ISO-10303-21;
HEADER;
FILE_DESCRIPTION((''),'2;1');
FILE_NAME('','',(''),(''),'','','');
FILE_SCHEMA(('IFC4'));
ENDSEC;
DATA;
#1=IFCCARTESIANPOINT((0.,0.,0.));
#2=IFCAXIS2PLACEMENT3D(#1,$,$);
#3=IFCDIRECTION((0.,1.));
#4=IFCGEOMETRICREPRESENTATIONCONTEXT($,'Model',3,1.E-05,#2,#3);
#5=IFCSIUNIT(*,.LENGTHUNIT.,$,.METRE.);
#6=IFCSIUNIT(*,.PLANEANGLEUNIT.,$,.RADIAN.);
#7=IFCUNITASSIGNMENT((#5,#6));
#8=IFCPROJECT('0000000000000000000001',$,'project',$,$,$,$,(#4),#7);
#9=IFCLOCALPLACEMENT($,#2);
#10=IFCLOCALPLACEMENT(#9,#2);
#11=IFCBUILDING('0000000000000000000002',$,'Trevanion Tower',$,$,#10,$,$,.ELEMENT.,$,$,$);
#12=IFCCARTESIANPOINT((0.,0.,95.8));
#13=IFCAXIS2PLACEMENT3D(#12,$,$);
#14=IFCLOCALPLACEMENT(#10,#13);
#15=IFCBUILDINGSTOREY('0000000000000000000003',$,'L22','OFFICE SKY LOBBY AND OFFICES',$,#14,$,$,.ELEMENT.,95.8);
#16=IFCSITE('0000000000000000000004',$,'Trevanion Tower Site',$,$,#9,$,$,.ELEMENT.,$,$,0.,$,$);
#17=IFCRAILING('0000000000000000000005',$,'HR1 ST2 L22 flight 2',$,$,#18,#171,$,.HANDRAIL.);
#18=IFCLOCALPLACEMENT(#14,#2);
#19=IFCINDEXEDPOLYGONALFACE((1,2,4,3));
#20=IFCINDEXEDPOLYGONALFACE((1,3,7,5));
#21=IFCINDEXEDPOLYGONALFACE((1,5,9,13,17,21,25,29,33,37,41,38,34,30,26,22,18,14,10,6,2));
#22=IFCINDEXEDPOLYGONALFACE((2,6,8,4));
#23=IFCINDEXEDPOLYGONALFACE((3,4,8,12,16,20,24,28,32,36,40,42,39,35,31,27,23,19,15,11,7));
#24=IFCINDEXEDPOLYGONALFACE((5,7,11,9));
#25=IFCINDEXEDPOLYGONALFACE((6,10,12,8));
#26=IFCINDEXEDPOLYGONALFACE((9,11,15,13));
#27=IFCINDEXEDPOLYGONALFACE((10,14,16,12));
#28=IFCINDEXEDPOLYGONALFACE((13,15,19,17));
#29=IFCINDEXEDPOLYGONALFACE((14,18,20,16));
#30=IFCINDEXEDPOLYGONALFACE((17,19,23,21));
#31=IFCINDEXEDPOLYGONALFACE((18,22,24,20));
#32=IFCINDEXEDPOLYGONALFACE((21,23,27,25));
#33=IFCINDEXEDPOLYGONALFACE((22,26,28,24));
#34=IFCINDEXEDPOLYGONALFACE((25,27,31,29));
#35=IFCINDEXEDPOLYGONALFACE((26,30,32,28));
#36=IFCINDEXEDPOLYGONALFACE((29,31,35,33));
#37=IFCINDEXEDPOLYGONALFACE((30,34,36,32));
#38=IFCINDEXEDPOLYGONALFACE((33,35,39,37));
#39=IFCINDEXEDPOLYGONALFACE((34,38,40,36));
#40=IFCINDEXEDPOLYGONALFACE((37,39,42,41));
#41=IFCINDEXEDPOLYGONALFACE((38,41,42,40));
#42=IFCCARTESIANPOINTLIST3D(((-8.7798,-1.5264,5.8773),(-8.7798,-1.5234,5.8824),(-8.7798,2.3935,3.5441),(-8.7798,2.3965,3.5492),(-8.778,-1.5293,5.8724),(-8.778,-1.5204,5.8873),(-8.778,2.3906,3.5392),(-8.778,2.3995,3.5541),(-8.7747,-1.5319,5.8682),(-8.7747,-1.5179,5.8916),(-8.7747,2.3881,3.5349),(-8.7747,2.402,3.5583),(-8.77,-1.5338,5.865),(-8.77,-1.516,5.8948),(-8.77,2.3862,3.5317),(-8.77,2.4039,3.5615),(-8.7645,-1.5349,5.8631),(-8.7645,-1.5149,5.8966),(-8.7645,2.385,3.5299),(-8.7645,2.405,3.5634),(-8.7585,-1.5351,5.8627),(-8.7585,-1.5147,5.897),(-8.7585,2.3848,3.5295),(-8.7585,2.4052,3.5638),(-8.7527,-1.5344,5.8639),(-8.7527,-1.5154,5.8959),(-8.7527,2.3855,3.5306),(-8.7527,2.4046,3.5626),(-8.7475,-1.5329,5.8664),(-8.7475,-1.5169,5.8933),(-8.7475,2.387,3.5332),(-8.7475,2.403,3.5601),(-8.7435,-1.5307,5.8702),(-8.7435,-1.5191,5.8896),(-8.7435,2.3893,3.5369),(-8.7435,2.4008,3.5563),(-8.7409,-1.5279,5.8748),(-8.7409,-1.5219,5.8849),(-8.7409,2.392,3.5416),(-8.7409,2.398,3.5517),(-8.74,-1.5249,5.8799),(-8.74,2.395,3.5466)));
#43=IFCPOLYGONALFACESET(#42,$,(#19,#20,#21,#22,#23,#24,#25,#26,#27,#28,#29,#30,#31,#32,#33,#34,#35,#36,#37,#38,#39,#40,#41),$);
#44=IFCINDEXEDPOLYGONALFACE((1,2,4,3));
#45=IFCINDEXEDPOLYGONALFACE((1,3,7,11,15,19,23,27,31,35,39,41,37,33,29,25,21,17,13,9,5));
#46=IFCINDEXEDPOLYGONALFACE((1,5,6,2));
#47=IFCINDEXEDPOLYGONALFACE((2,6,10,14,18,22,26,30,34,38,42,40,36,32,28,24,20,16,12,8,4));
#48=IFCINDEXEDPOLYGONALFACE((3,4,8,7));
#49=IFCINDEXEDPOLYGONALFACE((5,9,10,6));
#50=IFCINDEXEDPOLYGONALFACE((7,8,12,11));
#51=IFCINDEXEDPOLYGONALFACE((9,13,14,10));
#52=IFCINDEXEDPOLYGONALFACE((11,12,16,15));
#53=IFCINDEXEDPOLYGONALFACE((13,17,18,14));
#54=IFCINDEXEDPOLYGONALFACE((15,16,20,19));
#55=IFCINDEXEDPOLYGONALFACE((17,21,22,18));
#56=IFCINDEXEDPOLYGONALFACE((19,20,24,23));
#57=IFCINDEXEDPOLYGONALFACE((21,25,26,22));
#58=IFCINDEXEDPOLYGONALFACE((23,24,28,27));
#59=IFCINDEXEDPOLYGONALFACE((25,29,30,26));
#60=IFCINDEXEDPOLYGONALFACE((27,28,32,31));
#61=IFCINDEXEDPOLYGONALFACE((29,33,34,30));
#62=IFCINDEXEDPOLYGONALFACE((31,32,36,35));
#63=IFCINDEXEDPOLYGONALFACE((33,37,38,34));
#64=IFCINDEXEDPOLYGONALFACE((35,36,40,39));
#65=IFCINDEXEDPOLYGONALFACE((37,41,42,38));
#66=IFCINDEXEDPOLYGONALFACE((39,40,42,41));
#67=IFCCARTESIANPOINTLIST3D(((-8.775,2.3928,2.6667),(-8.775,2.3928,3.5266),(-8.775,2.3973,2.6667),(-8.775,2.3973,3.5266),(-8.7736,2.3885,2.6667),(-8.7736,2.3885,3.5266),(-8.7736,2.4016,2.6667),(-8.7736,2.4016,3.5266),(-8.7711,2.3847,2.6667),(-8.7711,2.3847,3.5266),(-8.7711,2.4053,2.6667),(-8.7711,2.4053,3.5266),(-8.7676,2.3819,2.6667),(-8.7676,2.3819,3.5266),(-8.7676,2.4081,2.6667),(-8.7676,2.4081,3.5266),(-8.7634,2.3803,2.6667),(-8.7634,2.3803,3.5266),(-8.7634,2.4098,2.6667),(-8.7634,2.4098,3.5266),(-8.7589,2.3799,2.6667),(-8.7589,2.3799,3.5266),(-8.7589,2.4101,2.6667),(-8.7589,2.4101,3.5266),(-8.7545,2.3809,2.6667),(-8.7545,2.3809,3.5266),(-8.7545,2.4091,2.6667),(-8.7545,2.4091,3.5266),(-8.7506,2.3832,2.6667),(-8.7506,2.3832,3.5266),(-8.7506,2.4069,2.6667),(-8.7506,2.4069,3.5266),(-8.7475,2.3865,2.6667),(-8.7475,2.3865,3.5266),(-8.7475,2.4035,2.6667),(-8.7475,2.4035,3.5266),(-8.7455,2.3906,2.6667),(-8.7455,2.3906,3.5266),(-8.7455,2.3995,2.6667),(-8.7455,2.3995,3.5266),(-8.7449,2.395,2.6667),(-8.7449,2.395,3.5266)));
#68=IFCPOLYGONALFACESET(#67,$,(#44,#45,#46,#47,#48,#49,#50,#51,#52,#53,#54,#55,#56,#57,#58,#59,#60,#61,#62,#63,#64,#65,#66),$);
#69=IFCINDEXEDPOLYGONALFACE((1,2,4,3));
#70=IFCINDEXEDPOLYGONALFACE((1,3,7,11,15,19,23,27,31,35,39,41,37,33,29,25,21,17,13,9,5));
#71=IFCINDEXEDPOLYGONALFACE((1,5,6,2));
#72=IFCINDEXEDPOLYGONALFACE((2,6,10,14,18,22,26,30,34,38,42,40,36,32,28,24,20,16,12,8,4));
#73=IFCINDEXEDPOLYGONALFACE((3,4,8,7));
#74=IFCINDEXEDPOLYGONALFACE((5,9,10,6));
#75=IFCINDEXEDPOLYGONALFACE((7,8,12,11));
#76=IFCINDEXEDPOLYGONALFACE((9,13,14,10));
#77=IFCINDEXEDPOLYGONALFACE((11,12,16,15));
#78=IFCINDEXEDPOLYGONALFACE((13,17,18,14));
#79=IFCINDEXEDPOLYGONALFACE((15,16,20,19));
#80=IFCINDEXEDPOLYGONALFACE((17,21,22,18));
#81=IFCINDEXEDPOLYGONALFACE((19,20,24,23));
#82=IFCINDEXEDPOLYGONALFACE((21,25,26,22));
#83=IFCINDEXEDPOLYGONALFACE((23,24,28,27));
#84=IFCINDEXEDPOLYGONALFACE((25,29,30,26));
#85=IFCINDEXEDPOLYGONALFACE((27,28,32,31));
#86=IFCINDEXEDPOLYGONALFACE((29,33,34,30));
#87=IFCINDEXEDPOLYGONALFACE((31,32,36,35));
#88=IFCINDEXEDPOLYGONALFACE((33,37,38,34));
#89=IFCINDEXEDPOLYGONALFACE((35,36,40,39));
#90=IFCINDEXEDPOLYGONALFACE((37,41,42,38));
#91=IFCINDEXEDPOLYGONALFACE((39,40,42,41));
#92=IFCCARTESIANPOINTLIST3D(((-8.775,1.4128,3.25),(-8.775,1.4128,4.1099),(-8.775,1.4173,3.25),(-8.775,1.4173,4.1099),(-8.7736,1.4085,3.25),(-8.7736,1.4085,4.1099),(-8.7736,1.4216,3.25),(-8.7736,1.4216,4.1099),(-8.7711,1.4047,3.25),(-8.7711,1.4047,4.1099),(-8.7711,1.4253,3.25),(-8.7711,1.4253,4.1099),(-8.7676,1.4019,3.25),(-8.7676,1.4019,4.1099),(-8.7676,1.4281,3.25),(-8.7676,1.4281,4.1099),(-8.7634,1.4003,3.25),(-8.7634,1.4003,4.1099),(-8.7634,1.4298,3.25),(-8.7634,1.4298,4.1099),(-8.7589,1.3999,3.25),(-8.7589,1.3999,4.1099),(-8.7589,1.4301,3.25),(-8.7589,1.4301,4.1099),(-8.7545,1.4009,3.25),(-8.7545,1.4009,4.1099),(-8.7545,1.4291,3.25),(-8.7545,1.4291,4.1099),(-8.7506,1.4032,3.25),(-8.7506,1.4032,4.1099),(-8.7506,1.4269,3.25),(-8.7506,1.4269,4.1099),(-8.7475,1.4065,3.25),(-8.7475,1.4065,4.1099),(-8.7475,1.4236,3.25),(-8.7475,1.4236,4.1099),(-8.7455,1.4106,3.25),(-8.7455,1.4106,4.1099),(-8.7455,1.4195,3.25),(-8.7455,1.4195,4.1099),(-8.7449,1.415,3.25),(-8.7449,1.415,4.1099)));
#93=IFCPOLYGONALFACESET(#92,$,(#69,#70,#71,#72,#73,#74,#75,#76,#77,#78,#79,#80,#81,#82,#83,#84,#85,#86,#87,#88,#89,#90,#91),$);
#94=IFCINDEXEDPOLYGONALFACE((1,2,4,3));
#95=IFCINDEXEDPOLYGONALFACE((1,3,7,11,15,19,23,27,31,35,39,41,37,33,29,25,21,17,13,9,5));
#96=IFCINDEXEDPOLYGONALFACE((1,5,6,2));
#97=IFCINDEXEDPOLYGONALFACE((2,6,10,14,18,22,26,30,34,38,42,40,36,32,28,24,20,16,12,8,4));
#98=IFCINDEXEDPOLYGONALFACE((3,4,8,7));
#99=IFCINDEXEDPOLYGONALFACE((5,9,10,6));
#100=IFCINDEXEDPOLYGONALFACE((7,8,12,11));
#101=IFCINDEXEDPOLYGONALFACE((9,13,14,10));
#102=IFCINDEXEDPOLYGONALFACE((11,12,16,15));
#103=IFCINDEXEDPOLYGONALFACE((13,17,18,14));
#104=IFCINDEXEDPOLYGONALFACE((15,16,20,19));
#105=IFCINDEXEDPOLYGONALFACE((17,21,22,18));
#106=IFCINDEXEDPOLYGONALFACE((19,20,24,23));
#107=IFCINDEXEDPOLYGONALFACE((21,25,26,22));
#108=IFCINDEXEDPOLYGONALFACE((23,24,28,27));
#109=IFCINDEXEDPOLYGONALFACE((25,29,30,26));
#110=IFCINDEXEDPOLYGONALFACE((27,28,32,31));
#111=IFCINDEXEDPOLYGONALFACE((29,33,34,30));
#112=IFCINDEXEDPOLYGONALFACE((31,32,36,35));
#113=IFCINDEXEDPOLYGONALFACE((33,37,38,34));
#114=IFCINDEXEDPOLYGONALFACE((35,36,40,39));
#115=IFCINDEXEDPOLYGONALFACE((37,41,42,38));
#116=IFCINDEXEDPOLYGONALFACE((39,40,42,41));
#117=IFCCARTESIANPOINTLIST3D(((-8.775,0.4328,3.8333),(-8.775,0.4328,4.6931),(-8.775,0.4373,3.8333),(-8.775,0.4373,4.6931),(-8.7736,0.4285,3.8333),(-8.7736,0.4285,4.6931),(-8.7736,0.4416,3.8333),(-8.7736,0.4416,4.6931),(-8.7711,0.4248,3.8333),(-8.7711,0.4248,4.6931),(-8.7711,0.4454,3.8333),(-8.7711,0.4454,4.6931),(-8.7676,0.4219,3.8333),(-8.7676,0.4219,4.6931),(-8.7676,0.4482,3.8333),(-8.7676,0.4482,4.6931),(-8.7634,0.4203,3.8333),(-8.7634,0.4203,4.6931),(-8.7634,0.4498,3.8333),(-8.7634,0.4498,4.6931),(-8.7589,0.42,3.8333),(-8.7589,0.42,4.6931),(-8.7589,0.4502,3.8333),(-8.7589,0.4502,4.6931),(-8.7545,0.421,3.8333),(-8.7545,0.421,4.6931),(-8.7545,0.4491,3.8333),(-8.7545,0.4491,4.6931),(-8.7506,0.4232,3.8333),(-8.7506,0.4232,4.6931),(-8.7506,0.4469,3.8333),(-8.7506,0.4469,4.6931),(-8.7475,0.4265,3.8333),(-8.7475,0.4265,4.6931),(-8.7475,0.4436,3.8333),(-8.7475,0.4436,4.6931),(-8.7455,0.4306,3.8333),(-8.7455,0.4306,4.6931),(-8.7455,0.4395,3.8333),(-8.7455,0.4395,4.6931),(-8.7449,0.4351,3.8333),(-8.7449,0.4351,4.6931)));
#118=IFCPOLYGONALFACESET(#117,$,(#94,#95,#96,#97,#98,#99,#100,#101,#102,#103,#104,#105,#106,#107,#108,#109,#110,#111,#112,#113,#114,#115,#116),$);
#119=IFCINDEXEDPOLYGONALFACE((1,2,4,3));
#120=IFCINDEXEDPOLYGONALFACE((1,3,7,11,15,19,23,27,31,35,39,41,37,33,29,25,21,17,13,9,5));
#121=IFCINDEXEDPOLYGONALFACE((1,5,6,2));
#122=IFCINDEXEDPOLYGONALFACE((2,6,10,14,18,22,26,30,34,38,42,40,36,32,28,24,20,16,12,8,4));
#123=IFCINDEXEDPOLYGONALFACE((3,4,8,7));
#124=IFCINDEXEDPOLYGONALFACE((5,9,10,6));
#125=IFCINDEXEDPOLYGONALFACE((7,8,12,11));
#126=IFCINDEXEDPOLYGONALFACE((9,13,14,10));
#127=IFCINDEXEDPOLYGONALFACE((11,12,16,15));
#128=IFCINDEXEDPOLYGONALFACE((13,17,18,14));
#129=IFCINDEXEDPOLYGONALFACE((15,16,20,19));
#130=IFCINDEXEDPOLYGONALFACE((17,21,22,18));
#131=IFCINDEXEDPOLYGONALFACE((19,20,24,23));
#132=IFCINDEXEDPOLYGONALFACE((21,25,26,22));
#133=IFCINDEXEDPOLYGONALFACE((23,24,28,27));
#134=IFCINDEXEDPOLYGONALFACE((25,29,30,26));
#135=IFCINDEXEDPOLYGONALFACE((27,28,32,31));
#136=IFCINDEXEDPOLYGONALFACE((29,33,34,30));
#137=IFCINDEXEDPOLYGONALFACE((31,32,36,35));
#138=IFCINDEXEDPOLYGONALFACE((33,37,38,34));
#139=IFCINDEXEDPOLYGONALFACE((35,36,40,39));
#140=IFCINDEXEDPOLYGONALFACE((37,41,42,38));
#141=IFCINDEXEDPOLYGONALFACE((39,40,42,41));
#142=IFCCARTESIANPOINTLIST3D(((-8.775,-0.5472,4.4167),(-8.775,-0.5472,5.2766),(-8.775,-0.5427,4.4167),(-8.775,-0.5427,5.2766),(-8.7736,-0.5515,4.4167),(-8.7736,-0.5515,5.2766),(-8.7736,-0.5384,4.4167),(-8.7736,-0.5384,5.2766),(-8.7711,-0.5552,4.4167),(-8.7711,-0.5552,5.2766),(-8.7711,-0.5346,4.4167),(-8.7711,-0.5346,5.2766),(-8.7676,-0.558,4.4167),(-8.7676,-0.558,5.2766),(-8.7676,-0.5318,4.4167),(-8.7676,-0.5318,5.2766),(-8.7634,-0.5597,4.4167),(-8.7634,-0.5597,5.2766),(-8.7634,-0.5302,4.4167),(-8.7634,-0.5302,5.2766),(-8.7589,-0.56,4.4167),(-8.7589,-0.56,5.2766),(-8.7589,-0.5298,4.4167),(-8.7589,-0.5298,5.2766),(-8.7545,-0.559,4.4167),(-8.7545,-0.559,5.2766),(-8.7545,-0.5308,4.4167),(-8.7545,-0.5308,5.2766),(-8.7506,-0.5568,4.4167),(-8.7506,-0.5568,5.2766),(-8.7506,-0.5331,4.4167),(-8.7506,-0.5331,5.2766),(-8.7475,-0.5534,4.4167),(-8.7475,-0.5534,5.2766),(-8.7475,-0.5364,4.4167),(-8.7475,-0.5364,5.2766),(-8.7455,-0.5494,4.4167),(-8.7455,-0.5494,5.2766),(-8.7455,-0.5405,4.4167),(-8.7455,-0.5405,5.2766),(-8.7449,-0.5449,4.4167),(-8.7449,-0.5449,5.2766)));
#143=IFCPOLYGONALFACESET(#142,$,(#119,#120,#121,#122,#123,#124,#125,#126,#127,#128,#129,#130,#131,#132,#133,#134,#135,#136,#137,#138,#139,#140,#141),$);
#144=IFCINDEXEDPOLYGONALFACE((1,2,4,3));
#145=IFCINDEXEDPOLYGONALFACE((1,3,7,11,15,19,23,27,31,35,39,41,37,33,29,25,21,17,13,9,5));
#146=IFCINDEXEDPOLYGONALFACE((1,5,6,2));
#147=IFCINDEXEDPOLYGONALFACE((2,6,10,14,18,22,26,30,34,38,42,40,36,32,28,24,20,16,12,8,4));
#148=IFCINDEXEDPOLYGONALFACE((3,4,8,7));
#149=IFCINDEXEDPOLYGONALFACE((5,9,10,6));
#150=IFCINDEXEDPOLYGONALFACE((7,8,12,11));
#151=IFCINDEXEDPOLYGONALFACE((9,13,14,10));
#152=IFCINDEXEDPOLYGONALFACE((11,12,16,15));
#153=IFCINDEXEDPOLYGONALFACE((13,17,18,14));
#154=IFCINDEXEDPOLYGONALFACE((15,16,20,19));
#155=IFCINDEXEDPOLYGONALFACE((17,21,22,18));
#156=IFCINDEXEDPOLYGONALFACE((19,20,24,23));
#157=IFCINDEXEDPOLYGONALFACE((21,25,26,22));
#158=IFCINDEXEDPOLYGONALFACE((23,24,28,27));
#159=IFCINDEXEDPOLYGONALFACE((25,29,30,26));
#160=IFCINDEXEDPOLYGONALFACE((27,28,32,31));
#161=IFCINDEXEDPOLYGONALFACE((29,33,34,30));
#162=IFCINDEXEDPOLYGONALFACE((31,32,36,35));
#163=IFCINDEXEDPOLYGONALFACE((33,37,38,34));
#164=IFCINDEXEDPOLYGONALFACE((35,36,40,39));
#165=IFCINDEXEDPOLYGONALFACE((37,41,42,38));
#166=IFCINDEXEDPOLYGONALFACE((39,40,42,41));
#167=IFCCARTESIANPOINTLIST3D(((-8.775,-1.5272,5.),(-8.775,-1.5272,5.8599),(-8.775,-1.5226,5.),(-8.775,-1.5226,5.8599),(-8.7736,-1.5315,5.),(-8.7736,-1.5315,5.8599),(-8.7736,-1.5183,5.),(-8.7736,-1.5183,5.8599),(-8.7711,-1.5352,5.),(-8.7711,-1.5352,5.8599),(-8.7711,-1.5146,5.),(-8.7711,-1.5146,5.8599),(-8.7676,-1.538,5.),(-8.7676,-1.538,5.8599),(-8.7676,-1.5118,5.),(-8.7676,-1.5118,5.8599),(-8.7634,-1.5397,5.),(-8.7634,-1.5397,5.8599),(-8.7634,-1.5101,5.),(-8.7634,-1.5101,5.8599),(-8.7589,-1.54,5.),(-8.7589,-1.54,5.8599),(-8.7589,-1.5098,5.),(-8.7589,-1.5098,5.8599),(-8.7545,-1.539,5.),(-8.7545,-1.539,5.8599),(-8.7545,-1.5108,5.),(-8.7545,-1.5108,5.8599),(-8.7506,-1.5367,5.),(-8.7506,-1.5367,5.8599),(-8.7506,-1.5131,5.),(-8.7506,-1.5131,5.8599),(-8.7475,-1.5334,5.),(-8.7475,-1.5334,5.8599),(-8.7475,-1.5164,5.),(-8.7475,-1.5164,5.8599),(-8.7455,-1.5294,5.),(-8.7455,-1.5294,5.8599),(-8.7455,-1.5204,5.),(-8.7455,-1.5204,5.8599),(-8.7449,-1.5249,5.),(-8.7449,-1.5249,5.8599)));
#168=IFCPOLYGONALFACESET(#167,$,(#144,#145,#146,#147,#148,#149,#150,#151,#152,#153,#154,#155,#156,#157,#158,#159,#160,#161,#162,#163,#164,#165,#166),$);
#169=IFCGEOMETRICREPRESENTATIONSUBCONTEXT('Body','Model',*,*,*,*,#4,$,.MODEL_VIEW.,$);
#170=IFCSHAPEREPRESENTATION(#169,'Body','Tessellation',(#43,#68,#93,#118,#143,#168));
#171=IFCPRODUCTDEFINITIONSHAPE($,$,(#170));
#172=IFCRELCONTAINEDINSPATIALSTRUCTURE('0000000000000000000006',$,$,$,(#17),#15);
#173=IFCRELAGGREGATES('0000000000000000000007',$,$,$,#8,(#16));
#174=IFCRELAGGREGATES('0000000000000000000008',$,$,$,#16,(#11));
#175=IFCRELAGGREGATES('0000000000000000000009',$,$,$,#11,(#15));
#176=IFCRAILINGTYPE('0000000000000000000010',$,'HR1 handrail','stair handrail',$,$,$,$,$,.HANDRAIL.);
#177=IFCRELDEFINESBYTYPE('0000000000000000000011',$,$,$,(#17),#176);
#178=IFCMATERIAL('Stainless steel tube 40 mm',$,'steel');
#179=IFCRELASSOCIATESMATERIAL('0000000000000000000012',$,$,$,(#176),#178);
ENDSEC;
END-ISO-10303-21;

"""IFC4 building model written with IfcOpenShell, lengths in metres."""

from ifc_helpers import new_model, si_unit, direction, frame, origin, origin_2d, place, context, subcontext, project, spatial, circle, extrude, material, type_object, element, save


model = new_model("IFC4")

# Units and contexts
model_context = context("Model", 3, precision=1e-05, world=origin(), true_north=direction((0.0, 1.0)))
body_context = subcontext(model_context, "Body", "Model", "MODEL_VIEW")
ifc_project = project(units=[si_unit("LENGTHUNIT", "METRE"), si_unit("PLANEANGLEUNIT", "RADIAN")], contexts=[model_context])

# Site, building, storey
site_placement = place(None, origin())
site = spatial("IfcSite", under=ifc_project, at=site_placement, Name="Trevanion Tower Site", CompositionType="ELEMENT", RefElevation=0.0)
building_placement = place(site_placement, origin())
building = spatial("IfcBuilding", under=site, at=building_placement, Name="Trevanion Tower", CompositionType="ELEMENT")
storey_placement = place(building_placement, frame((0.0, 0.0, 95.8)))
storey = spatial("IfcBuildingStorey", under=building, at=storey_placement, Name="L22", Description="OFFICE SKY LOBBY AND OFFICES", CompositionType="ELEMENT", Elevation=95.8)

# Railing
ifc_material_1 = material(Name="Stainless steel tube 40 mm", Category="steel")
railing_type = type_object("IfcRailingType", Name="HR1 handrail", Description="stair handrail", PredefinedType="HANDRAIL", material=ifc_material_1)
for number, where, name in (
    (1, (-8.76, 2.395, 2.6667), "HR1 ST2 L22 flight 2"),
):
    element("IfcRailing", number, at=place(storey_placement, frame(where)), inside=storey, type_object=railing_type, Name=name, PredefinedType="HANDRAIL", context=body_context, shape_type="SweptSolid", body=[
        extrude(circle(Radius=0.02, at=origin_2d()), frame((0.0, 0.0, 0.8799), z_axis=(0.0, -0.859296, 0.511478), x_axis=(1.0, 0.0, 0.0)), (0.0, 0.0, 1.0), 4.5618),
        extrude(circle(Radius=0.0151, at=origin_2d()), origin(), (0.0, 0.0, 1.0), 0.8599),
        extrude(circle(Radius=0.0151, at=origin_2d()), frame((0.0, -0.98, 0.5833)), (0.0, 0.0, 1.0), 0.8599),
        extrude(circle(Radius=0.0151, at=origin_2d()), frame((0.0, -1.96, 1.1665)), (0.0, 0.0, 1.0), 0.8599),
        extrude(circle(Radius=0.0151, at=origin_2d()), frame((0.0, -2.9399, 1.75)), (0.0, 0.0, 1.0), 0.8599),
        extrude(circle(Radius=0.0151, at=origin_2d()), frame((0.0, -3.9199, 2.3333)), (0.0, 0.0, 1.0), 0.8599),
    ])

save(model, "model.ifc")
